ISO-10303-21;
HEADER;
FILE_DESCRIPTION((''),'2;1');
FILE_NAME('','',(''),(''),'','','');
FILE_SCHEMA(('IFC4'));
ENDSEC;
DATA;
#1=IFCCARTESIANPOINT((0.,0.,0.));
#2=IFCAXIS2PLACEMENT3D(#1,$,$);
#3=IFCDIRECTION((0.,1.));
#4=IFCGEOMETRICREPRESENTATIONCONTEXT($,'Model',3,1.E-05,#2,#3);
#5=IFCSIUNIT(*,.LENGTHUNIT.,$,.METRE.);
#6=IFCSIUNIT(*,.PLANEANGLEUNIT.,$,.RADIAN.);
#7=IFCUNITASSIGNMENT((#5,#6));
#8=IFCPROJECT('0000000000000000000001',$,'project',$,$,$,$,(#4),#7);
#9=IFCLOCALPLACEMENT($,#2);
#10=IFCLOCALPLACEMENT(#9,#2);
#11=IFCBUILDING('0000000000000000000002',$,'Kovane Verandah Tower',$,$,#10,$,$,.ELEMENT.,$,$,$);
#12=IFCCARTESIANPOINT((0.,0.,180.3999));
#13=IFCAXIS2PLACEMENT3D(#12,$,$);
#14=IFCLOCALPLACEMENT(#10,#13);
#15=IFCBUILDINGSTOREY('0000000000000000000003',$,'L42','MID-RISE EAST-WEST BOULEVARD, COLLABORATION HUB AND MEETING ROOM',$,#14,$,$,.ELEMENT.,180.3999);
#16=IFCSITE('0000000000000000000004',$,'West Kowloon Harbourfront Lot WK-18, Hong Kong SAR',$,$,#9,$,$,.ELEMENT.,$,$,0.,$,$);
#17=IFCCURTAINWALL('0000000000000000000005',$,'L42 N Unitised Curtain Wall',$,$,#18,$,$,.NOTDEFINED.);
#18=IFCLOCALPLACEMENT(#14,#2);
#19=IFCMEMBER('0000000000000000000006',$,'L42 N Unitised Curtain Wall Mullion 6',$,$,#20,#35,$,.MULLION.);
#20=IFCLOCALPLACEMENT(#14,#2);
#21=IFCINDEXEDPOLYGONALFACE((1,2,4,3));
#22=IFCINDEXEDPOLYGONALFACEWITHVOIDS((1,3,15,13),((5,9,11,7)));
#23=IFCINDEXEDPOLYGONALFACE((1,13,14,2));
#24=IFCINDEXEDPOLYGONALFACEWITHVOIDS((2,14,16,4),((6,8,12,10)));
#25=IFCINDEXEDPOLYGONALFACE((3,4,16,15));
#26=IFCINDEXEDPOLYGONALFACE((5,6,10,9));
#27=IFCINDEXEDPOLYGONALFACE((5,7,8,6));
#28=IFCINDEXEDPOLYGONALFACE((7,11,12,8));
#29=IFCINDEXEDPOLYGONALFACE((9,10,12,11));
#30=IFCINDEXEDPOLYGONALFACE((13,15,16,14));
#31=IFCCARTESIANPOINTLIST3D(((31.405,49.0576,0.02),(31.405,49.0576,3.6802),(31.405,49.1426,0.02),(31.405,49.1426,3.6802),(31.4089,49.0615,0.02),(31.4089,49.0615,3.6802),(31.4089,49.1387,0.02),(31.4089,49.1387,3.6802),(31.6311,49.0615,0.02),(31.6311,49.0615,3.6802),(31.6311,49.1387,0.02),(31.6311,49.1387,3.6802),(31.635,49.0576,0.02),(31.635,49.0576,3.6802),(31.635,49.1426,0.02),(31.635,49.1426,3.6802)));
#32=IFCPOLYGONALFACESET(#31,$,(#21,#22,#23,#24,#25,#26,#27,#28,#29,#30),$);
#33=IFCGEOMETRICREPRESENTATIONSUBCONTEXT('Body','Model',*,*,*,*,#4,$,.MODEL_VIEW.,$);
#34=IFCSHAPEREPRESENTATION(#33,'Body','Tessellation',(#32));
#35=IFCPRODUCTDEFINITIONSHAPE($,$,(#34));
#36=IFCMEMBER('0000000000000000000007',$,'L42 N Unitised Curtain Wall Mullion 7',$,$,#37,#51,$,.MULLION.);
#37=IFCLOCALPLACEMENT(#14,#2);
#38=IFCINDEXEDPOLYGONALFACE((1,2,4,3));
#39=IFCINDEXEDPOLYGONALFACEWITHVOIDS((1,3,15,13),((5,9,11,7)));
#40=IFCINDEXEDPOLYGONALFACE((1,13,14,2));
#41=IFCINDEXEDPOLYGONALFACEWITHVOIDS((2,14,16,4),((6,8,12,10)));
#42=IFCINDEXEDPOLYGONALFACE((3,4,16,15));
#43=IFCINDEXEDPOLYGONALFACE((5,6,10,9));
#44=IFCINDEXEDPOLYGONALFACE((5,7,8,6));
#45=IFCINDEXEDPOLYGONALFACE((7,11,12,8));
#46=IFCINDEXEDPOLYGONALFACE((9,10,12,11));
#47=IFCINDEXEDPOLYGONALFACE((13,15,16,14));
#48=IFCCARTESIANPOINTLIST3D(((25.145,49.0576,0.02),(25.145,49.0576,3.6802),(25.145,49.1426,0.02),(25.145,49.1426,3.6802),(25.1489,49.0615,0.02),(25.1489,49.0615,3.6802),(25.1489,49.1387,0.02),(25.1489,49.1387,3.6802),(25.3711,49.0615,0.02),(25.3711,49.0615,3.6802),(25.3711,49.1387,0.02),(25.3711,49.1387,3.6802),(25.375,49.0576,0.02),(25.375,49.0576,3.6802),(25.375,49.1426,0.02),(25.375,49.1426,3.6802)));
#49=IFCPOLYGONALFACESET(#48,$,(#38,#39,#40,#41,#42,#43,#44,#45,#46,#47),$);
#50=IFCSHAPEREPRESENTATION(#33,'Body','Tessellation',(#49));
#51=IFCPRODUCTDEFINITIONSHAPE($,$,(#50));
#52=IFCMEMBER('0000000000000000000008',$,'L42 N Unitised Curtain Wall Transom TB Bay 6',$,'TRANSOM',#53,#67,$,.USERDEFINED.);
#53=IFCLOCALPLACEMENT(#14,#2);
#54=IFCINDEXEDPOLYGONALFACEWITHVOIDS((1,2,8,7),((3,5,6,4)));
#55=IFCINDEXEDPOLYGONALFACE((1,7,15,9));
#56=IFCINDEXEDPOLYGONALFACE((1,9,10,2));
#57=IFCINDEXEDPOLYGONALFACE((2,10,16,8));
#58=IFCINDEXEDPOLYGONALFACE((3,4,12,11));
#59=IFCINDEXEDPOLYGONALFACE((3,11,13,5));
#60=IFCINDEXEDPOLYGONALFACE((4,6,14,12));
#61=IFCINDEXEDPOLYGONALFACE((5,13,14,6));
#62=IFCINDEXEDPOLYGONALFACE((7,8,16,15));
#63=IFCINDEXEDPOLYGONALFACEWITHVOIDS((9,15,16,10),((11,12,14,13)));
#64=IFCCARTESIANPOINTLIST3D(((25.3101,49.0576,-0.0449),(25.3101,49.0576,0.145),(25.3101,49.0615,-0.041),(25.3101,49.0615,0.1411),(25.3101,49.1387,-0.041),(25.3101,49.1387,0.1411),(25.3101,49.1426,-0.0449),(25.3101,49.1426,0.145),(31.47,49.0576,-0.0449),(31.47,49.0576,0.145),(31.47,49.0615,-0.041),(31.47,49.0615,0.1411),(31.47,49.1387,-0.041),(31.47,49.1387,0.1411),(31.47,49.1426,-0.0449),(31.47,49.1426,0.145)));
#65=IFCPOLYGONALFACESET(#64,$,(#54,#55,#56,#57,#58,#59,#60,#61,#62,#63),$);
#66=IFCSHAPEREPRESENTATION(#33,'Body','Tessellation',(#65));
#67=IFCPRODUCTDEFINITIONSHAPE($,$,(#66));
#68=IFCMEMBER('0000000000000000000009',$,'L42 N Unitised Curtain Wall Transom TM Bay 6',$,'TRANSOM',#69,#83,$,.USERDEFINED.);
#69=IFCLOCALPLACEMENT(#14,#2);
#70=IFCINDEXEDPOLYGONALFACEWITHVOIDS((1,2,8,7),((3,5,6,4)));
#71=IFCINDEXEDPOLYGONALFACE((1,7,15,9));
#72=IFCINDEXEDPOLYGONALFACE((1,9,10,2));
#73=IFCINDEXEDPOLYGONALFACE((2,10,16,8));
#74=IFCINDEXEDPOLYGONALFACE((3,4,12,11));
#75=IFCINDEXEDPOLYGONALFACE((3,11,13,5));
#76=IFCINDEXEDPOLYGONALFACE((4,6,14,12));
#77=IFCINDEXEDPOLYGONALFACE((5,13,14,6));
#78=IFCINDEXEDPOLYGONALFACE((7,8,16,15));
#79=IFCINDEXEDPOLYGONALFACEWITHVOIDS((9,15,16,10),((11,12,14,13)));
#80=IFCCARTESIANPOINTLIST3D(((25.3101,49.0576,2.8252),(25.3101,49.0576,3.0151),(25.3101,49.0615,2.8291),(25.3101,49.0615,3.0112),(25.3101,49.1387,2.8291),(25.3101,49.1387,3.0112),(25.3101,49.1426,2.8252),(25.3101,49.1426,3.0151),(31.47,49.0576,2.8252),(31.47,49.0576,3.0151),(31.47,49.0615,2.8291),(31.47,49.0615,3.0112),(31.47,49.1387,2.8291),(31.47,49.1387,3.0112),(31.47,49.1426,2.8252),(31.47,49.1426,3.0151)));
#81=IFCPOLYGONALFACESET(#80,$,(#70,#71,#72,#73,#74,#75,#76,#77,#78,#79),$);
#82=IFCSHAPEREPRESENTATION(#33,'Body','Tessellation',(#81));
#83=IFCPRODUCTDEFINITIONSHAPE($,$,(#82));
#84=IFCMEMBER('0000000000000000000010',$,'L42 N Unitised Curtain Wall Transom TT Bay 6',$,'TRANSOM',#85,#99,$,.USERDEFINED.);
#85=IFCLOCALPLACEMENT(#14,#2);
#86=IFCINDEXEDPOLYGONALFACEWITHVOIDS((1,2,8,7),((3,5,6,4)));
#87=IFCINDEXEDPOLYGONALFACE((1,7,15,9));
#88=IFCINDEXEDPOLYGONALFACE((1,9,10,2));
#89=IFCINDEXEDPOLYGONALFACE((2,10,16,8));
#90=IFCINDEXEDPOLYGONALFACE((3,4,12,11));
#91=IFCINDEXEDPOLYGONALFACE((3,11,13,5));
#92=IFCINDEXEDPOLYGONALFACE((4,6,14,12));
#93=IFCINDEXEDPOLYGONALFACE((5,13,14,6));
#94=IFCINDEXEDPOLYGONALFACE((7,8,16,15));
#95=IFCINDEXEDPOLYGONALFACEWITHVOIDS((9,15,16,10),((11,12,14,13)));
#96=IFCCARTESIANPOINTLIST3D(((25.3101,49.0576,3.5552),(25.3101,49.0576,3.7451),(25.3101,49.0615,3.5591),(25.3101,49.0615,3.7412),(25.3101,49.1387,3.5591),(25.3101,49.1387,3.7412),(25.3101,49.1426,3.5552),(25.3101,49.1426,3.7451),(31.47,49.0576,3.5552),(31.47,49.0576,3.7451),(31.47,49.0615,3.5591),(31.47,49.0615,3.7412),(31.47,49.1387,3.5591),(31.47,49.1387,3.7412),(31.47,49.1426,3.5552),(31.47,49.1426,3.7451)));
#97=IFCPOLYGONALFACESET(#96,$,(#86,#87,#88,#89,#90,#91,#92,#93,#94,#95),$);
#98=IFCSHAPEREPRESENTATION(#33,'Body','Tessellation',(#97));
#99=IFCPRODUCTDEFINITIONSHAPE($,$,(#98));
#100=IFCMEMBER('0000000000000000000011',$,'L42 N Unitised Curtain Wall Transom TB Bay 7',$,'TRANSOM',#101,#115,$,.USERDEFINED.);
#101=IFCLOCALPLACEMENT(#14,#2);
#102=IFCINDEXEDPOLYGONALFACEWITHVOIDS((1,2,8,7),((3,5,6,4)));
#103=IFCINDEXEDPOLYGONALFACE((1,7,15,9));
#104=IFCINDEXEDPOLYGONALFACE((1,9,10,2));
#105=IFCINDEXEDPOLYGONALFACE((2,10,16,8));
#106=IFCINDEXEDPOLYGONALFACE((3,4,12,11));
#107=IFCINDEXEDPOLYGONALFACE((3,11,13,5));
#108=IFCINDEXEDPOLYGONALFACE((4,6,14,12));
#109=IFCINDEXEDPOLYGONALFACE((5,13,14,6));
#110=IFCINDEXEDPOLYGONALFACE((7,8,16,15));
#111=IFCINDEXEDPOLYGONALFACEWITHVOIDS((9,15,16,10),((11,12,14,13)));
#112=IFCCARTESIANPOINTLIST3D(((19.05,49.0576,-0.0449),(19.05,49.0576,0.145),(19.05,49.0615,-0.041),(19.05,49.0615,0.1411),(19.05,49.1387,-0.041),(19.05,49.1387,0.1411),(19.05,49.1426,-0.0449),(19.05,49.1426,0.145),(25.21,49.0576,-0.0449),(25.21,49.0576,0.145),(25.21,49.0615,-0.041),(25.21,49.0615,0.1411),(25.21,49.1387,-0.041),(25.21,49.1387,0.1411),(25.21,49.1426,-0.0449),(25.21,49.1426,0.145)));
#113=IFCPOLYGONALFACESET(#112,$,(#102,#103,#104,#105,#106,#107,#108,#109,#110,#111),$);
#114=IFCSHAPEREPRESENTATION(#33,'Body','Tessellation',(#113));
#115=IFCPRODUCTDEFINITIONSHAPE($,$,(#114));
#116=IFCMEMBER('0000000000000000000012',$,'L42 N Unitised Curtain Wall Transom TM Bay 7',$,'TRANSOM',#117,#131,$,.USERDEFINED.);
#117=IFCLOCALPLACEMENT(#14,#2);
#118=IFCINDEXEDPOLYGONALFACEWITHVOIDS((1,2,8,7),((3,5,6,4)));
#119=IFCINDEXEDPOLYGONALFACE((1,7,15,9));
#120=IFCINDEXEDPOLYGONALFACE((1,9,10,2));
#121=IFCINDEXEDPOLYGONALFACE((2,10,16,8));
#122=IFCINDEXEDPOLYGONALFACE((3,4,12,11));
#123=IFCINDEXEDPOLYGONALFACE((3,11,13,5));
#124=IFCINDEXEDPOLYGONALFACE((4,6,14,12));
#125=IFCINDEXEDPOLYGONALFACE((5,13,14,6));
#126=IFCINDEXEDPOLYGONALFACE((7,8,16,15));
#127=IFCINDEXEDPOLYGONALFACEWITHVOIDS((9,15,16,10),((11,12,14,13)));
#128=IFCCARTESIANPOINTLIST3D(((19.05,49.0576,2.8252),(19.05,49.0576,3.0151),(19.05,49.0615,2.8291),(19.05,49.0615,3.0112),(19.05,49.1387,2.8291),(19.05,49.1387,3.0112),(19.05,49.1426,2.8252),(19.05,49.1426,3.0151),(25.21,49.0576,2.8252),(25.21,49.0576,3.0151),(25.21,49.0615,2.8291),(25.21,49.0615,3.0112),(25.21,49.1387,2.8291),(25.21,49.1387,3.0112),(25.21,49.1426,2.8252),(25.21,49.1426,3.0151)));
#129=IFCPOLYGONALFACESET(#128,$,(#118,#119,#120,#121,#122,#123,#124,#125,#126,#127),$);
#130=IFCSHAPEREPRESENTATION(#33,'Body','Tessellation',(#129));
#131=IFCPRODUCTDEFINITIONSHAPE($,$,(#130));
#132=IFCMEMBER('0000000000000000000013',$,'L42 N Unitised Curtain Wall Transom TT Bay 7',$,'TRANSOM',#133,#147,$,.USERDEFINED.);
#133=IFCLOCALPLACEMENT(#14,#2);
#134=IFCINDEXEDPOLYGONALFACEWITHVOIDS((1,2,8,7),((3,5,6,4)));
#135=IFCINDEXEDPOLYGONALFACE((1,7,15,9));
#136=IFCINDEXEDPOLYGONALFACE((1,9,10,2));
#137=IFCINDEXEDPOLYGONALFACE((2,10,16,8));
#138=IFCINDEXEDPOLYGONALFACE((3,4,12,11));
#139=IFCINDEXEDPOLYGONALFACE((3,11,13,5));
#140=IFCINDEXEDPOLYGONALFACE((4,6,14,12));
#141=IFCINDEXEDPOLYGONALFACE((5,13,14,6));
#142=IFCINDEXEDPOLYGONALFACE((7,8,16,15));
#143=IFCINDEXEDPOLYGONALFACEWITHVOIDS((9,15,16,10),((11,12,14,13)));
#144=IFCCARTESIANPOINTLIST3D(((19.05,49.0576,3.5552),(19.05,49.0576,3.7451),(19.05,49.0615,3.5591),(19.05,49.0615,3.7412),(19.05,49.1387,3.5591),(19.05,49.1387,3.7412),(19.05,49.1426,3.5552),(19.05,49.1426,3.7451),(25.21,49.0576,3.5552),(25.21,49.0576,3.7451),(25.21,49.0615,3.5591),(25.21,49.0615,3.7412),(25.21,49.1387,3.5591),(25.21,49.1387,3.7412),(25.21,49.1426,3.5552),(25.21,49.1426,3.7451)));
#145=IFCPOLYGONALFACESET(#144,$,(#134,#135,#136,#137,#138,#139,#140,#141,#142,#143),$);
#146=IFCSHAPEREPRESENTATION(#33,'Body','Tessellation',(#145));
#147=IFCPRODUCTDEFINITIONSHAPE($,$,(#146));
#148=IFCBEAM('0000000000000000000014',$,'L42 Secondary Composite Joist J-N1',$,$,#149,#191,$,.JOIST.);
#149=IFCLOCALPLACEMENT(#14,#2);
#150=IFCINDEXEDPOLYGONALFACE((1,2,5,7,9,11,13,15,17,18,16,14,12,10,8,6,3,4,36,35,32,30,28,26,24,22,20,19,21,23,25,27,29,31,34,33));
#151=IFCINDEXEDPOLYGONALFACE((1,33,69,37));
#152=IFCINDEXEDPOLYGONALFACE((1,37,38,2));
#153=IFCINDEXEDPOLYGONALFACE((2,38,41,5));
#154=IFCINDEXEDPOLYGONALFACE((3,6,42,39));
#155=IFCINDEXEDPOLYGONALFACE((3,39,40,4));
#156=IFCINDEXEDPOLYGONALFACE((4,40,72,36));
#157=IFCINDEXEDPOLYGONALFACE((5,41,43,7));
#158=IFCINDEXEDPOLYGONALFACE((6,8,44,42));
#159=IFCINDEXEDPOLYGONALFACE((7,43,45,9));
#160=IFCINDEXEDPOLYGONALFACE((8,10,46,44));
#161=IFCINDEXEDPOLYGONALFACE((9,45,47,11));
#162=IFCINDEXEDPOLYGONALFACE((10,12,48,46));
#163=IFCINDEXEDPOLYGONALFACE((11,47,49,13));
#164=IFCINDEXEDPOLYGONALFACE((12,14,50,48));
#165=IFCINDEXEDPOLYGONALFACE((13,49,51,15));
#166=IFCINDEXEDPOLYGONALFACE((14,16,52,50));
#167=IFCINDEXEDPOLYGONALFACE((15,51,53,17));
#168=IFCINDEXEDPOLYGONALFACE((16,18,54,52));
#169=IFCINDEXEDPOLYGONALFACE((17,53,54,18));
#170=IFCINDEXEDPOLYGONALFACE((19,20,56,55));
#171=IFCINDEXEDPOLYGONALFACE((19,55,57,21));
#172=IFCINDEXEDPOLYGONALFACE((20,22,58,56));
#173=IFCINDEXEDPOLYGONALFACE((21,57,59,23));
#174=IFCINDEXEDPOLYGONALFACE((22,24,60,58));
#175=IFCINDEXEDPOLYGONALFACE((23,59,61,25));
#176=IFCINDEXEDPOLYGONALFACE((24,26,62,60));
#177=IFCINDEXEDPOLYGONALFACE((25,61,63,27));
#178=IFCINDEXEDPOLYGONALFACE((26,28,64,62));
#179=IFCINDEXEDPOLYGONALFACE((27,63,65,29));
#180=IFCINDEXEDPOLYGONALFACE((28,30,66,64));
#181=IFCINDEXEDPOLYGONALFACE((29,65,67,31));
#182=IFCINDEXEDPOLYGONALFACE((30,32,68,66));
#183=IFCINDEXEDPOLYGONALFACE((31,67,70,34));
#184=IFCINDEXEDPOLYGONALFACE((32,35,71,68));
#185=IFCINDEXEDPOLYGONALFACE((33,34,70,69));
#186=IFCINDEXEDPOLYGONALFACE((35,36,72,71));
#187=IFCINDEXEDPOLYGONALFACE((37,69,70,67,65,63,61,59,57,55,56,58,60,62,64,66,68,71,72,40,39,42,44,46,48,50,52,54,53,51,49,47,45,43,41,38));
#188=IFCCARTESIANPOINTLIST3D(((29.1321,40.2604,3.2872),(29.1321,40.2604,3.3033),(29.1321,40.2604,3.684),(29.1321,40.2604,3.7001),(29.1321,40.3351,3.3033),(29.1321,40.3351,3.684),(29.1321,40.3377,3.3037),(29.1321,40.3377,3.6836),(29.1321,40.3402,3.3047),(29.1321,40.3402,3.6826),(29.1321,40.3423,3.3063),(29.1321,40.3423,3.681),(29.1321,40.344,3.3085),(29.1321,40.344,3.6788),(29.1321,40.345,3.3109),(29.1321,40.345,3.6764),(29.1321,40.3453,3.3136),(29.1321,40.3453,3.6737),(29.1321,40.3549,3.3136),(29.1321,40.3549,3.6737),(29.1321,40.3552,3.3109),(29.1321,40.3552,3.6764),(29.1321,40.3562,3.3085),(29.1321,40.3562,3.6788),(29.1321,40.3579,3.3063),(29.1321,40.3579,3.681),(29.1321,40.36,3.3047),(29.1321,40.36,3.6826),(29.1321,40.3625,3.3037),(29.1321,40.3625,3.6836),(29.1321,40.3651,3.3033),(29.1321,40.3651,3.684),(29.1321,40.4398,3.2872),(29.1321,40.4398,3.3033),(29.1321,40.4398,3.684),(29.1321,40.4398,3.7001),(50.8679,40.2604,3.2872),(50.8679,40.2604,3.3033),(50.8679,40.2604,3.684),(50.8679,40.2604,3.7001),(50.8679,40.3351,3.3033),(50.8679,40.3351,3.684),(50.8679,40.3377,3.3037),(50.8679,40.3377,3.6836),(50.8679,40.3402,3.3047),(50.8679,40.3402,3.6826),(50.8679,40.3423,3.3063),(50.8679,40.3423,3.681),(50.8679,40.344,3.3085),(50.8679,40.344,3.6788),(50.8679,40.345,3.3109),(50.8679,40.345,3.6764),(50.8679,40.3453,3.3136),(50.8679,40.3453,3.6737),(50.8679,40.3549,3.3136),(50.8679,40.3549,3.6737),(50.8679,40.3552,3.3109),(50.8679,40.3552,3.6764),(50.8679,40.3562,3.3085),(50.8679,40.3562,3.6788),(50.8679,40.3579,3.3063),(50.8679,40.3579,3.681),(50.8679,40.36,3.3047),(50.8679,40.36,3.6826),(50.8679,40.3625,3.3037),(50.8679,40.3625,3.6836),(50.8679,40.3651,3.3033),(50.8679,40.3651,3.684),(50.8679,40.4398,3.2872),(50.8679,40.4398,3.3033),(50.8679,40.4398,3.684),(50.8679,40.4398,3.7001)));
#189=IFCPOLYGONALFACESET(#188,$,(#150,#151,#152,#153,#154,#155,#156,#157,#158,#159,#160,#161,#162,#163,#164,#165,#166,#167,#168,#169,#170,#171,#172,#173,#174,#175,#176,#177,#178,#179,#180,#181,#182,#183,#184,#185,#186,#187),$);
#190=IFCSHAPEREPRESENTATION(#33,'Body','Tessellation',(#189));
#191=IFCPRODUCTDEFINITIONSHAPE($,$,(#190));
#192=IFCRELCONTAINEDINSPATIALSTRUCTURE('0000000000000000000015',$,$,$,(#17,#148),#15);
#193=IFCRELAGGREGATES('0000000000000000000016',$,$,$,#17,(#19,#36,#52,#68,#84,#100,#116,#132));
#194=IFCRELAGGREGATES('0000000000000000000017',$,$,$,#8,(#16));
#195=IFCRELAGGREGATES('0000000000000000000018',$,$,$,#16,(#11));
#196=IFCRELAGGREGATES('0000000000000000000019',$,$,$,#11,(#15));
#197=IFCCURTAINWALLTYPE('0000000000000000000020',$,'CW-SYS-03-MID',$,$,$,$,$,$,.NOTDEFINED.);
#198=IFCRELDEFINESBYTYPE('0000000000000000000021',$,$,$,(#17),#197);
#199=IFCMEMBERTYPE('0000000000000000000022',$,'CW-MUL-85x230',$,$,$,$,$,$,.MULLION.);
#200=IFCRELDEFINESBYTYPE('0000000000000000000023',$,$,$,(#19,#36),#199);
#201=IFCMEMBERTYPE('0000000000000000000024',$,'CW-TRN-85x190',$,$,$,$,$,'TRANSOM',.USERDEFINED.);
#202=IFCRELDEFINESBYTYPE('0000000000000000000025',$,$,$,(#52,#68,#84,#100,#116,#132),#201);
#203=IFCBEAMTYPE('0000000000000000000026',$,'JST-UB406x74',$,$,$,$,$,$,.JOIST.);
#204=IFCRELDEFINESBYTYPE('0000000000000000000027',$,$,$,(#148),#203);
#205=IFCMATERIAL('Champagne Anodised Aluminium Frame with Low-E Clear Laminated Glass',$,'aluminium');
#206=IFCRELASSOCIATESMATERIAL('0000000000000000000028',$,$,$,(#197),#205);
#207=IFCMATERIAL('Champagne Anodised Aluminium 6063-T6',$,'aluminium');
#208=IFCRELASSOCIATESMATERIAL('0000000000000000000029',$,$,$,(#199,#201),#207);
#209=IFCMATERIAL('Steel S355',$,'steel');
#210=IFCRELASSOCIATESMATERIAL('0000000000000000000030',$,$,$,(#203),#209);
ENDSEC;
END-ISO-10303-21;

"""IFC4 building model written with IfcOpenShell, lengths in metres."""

from ifc_helpers import new_model, si_unit, direction, frame, origin, origin_2d, place, context, subcontext, project, spatial, hollow_rectangle, i_section, extrude, material, material_profile, profile_set, type_object, element, aggregate, save


model = new_model("IFC4")

# Units and contexts
model_context = context("Model", 3, precision=1e-05, world=origin(), true_north=direction((0.0, 1.0)))
body_context = subcontext(model_context, "Body", "Model", "MODEL_VIEW")
ifc_project = project(units=[si_unit("LENGTHUNIT", "METRE"), si_unit("PLANEANGLEUNIT", "RADIAN")], contexts=[model_context])

# Site, building, storey
site_placement = place(None, origin())
site = spatial("IfcSite", under=ifc_project, at=site_placement, Name="West Kowloon Harbourfront Lot WK-18, Hong Kong SAR", CompositionType="ELEMENT", RefElevation=0.0)
building_placement = place(site_placement, origin())
building = spatial("IfcBuilding", under=site, at=building_placement, Name="Kovane Verandah Tower", CompositionType="ELEMENT")
storey_placement = place(building_placement, frame((0.0, 0.0, 180.3999)))
storey = spatial("IfcBuildingStorey", under=building, at=storey_placement, Name="L42", Description="MID-RISE EAST-WEST BOULEVARD, COLLABORATION HUB AND MEETING ROOM", CompositionType="ELEMENT", Elevation=180.3999)

# Shared definitions
ifc_material_1 = material(Name="Steel S355", Category="steel")

# Curtain wall, members
ifc_material_2 = material(Name="Champagne Anodised Aluminium Frame with Low-E Clear Laminated Glass", Category="aluminium")
curtain_wall_type = type_object("IfcCurtainWallType", Name="CW-SYS-03-MID", PredefinedType="NOTDEFINED", material=ifc_material_2)
curtain_wall_placement = place(storey_placement, origin())
curtain_wall = element("IfcCurtainWall", 1, at=curtain_wall_placement, inside=storey, type_object=curtain_wall_type, Name="L42 N Unitised Curtain Wall", PredefinedType="NOTDEFINED")
ifc_material_3 = material(Name="Champagne Anodised Aluminium 6063-T6", Category="aluminium")
ifc_material_profile_1 = material_profile(ifc_material_3, hollow_rectangle(XDim=0.085, YDim=0.23, WallThickness=0.0039, at=origin_2d()), Name="AL85x230x4")
ifc_profile_set_1 = profile_set([ifc_material_profile_1], Name="Champagne Anodised Aluminium 6063-T6")
member_type_1 = type_object("IfcMemberType", Name="CW-MUL-85x230", PredefinedType="MULLION", material=ifc_profile_set_1)
member_1_placement = place(storey_placement, frame((31.52, 49.1001, 0.02), z_axis=(0.0, 0.0, 1.0), x_axis=(0.0, 1.0, 0.0)))
member_1 = element("IfcMember", 2, at=member_1_placement, type_object=member_type_1, Name="L42 N Unitised Curtain Wall Mullion 6", PredefinedType="MULLION", context=body_context, shape_type="SweptSolid", body=[
    extrude(hollow_rectangle(XDim=0.085, YDim=0.23, WallThickness=0.0039, at=origin_2d()), origin(), (0.0, 0.0, 1.0), 3.6602),
])
member_2_placement = place(storey_placement, frame((25.26, 49.1001, 0.02), z_axis=(0.0, 0.0, 1.0), x_axis=(0.0, 1.0, 0.0)))
member_2 = element("IfcMember", 3, at=member_2_placement, type_object=member_type_1, Name="L42 N Unitised Curtain Wall Mullion 7", PredefinedType="MULLION", context=body_context, shape_type="SweptSolid", body=[
    extrude(hollow_rectangle(XDim=0.085, YDim=0.23, WallThickness=0.0039, at=origin_2d()), origin(), (0.0, 0.0, 1.0), 3.6602),
])
ifc_material_profile_2 = material_profile(ifc_material_3, hollow_rectangle(XDim=0.085, YDim=0.1899, WallThickness=0.0039, at=origin_2d()), Name="AL85x190x4")
ifc_profile_set_2 = profile_set([ifc_material_profile_2], Name="Champagne Anodised Aluminium 6063-T6")
member_type_2 = type_object("IfcMemberType", Name="CW-TRN-85x190", ElementType="TRANSOM", PredefinedType="USERDEFINED", material=ifc_profile_set_2)
member_3_placement = place(storey_placement, frame((31.47, 49.1001, 0.05), z_axis=(-1.0, 0.0, 0.0), x_axis=(0.0, -1.0, 0.0)))
member_3 = element("IfcMember", 4, at=member_3_placement, type_object=member_type_2, Name="L42 N Unitised Curtain Wall Transom TB Bay 6", ObjectType="TRANSOM", PredefinedType="USERDEFINED", context=body_context, shape_type="SweptSolid", body=[
    extrude(hollow_rectangle(XDim=0.085, YDim=0.1899, WallThickness=0.0039, at=origin_2d()), origin(), (0.0, 0.0, 1.0), 6.1599),
])
member_4_placement = place(storey_placement, frame((31.47, 49.1001, 2.9202), z_axis=(-1.0, 0.0, 0.0), x_axis=(0.0, -1.0, 0.0)))
member_4 = element("IfcMember", 5, at=member_4_placement, type_object=member_type_2, Name="L42 N Unitised Curtain Wall Transom TM Bay 6", ObjectType="TRANSOM", PredefinedType="USERDEFINED", context=body_context, shape_type="SweptSolid", body=[
    extrude(hollow_rectangle(XDim=0.085, YDim=0.1899, WallThickness=0.0039, at=origin_2d()), origin(), (0.0, 0.0, 1.0), 6.1599),
])
member_5_placement = place(storey_placement, frame((31.47, 49.1001, 3.6501), z_axis=(-1.0, 0.0, 0.0), x_axis=(0.0, -1.0, 0.0)))
member_5 = element("IfcMember", 6, at=member_5_placement, type_object=member_type_2, Name="L42 N Unitised Curtain Wall Transom TT Bay 6", ObjectType="TRANSOM", PredefinedType="USERDEFINED", context=body_context, shape_type="SweptSolid", body=[
    extrude(hollow_rectangle(XDim=0.085, YDim=0.1899, WallThickness=0.0039, at=origin_2d()), origin(), (0.0, 0.0, 1.0), 6.1599),
])
member_6_placement = place(storey_placement, frame((25.21, 49.1001, 0.05), z_axis=(-1.0, 0.0, 0.0), x_axis=(0.0, -1.0, 0.0)))
member_6 = element("IfcMember", 7, at=member_6_placement, type_object=member_type_2, Name="L42 N Unitised Curtain Wall Transom TB Bay 7", ObjectType="TRANSOM", PredefinedType="USERDEFINED", context=body_context, shape_type="SweptSolid", body=[
    extrude(hollow_rectangle(XDim=0.085, YDim=0.1899, WallThickness=0.0039, at=origin_2d()), origin(), (0.0, 0.0, 1.0), 6.1599),
])
member_7_placement = place(storey_placement, frame((25.21, 49.1001, 2.9202), z_axis=(-1.0, 0.0, 0.0), x_axis=(0.0, -1.0, 0.0)))
member_7 = element("IfcMember", 8, at=member_7_placement, type_object=member_type_2, Name="L42 N Unitised Curtain Wall Transom TM Bay 7", ObjectType="TRANSOM", PredefinedType="USERDEFINED", context=body_context, shape_type="SweptSolid", body=[
    extrude(hollow_rectangle(XDim=0.085, YDim=0.1899, WallThickness=0.0039, at=origin_2d()), origin(), (0.0, 0.0, 1.0), 6.1599),
])
member_8_placement = place(storey_placement, frame((25.21, 49.1001, 3.6501), z_axis=(-1.0, 0.0, 0.0), x_axis=(0.0, -1.0, 0.0)))
member_8 = element("IfcMember", 9, at=member_8_placement, type_object=member_type_2, Name="L42 N Unitised Curtain Wall Transom TT Bay 7", ObjectType="TRANSOM", PredefinedType="USERDEFINED", context=body_context, shape_type="SweptSolid", body=[
    extrude(hollow_rectangle(XDim=0.085, YDim=0.1899, WallThickness=0.0039, at=origin_2d()), origin(), (0.0, 0.0, 1.0), 6.1599),
])

# Beam
ifc_material_profile_3 = material_profile(ifc_material_1, i_section(OverallWidth=0.1794, OverallDepth=0.4128, WebThickness=0.0095, FlangeThickness=0.0161, FilletRadius=0.0103, at=origin_2d()), Name="UB406x178x74")
ifc_profile_set_3 = profile_set([ifc_material_profile_3], Name="Steel S355")
beam_type_1 = type_object("IfcBeamType", Name="JST-UB406x74", PredefinedType="JOIST", material=ifc_profile_set_3)
beam_1_placement = place(storey_placement, frame((29.1321, 40.3501, 3.4937), z_axis=(1.0, 0.0, 0.0), x_axis=(0.0, 1.0, 0.0)))
element("IfcBeam", 10, at=beam_1_placement, inside=storey, type_object=beam_type_1, Name="L42 Secondary Composite Joist J-N1", PredefinedType="JOIST", context=body_context, shape_type="SweptSolid", body=[
    extrude(i_section(OverallWidth=0.1794, OverallDepth=0.4128, WebThickness=0.0095, FlangeThickness=0.0161, FilletRadius=0.0103, at=origin_2d()), origin(), (0.0, 0.0, 1.0), 21.7358),
])

aggregate(curtain_wall, [member_1, member_2, member_3, member_4, member_5, member_6, member_7, member_8])

save(model, "model.ifc")
